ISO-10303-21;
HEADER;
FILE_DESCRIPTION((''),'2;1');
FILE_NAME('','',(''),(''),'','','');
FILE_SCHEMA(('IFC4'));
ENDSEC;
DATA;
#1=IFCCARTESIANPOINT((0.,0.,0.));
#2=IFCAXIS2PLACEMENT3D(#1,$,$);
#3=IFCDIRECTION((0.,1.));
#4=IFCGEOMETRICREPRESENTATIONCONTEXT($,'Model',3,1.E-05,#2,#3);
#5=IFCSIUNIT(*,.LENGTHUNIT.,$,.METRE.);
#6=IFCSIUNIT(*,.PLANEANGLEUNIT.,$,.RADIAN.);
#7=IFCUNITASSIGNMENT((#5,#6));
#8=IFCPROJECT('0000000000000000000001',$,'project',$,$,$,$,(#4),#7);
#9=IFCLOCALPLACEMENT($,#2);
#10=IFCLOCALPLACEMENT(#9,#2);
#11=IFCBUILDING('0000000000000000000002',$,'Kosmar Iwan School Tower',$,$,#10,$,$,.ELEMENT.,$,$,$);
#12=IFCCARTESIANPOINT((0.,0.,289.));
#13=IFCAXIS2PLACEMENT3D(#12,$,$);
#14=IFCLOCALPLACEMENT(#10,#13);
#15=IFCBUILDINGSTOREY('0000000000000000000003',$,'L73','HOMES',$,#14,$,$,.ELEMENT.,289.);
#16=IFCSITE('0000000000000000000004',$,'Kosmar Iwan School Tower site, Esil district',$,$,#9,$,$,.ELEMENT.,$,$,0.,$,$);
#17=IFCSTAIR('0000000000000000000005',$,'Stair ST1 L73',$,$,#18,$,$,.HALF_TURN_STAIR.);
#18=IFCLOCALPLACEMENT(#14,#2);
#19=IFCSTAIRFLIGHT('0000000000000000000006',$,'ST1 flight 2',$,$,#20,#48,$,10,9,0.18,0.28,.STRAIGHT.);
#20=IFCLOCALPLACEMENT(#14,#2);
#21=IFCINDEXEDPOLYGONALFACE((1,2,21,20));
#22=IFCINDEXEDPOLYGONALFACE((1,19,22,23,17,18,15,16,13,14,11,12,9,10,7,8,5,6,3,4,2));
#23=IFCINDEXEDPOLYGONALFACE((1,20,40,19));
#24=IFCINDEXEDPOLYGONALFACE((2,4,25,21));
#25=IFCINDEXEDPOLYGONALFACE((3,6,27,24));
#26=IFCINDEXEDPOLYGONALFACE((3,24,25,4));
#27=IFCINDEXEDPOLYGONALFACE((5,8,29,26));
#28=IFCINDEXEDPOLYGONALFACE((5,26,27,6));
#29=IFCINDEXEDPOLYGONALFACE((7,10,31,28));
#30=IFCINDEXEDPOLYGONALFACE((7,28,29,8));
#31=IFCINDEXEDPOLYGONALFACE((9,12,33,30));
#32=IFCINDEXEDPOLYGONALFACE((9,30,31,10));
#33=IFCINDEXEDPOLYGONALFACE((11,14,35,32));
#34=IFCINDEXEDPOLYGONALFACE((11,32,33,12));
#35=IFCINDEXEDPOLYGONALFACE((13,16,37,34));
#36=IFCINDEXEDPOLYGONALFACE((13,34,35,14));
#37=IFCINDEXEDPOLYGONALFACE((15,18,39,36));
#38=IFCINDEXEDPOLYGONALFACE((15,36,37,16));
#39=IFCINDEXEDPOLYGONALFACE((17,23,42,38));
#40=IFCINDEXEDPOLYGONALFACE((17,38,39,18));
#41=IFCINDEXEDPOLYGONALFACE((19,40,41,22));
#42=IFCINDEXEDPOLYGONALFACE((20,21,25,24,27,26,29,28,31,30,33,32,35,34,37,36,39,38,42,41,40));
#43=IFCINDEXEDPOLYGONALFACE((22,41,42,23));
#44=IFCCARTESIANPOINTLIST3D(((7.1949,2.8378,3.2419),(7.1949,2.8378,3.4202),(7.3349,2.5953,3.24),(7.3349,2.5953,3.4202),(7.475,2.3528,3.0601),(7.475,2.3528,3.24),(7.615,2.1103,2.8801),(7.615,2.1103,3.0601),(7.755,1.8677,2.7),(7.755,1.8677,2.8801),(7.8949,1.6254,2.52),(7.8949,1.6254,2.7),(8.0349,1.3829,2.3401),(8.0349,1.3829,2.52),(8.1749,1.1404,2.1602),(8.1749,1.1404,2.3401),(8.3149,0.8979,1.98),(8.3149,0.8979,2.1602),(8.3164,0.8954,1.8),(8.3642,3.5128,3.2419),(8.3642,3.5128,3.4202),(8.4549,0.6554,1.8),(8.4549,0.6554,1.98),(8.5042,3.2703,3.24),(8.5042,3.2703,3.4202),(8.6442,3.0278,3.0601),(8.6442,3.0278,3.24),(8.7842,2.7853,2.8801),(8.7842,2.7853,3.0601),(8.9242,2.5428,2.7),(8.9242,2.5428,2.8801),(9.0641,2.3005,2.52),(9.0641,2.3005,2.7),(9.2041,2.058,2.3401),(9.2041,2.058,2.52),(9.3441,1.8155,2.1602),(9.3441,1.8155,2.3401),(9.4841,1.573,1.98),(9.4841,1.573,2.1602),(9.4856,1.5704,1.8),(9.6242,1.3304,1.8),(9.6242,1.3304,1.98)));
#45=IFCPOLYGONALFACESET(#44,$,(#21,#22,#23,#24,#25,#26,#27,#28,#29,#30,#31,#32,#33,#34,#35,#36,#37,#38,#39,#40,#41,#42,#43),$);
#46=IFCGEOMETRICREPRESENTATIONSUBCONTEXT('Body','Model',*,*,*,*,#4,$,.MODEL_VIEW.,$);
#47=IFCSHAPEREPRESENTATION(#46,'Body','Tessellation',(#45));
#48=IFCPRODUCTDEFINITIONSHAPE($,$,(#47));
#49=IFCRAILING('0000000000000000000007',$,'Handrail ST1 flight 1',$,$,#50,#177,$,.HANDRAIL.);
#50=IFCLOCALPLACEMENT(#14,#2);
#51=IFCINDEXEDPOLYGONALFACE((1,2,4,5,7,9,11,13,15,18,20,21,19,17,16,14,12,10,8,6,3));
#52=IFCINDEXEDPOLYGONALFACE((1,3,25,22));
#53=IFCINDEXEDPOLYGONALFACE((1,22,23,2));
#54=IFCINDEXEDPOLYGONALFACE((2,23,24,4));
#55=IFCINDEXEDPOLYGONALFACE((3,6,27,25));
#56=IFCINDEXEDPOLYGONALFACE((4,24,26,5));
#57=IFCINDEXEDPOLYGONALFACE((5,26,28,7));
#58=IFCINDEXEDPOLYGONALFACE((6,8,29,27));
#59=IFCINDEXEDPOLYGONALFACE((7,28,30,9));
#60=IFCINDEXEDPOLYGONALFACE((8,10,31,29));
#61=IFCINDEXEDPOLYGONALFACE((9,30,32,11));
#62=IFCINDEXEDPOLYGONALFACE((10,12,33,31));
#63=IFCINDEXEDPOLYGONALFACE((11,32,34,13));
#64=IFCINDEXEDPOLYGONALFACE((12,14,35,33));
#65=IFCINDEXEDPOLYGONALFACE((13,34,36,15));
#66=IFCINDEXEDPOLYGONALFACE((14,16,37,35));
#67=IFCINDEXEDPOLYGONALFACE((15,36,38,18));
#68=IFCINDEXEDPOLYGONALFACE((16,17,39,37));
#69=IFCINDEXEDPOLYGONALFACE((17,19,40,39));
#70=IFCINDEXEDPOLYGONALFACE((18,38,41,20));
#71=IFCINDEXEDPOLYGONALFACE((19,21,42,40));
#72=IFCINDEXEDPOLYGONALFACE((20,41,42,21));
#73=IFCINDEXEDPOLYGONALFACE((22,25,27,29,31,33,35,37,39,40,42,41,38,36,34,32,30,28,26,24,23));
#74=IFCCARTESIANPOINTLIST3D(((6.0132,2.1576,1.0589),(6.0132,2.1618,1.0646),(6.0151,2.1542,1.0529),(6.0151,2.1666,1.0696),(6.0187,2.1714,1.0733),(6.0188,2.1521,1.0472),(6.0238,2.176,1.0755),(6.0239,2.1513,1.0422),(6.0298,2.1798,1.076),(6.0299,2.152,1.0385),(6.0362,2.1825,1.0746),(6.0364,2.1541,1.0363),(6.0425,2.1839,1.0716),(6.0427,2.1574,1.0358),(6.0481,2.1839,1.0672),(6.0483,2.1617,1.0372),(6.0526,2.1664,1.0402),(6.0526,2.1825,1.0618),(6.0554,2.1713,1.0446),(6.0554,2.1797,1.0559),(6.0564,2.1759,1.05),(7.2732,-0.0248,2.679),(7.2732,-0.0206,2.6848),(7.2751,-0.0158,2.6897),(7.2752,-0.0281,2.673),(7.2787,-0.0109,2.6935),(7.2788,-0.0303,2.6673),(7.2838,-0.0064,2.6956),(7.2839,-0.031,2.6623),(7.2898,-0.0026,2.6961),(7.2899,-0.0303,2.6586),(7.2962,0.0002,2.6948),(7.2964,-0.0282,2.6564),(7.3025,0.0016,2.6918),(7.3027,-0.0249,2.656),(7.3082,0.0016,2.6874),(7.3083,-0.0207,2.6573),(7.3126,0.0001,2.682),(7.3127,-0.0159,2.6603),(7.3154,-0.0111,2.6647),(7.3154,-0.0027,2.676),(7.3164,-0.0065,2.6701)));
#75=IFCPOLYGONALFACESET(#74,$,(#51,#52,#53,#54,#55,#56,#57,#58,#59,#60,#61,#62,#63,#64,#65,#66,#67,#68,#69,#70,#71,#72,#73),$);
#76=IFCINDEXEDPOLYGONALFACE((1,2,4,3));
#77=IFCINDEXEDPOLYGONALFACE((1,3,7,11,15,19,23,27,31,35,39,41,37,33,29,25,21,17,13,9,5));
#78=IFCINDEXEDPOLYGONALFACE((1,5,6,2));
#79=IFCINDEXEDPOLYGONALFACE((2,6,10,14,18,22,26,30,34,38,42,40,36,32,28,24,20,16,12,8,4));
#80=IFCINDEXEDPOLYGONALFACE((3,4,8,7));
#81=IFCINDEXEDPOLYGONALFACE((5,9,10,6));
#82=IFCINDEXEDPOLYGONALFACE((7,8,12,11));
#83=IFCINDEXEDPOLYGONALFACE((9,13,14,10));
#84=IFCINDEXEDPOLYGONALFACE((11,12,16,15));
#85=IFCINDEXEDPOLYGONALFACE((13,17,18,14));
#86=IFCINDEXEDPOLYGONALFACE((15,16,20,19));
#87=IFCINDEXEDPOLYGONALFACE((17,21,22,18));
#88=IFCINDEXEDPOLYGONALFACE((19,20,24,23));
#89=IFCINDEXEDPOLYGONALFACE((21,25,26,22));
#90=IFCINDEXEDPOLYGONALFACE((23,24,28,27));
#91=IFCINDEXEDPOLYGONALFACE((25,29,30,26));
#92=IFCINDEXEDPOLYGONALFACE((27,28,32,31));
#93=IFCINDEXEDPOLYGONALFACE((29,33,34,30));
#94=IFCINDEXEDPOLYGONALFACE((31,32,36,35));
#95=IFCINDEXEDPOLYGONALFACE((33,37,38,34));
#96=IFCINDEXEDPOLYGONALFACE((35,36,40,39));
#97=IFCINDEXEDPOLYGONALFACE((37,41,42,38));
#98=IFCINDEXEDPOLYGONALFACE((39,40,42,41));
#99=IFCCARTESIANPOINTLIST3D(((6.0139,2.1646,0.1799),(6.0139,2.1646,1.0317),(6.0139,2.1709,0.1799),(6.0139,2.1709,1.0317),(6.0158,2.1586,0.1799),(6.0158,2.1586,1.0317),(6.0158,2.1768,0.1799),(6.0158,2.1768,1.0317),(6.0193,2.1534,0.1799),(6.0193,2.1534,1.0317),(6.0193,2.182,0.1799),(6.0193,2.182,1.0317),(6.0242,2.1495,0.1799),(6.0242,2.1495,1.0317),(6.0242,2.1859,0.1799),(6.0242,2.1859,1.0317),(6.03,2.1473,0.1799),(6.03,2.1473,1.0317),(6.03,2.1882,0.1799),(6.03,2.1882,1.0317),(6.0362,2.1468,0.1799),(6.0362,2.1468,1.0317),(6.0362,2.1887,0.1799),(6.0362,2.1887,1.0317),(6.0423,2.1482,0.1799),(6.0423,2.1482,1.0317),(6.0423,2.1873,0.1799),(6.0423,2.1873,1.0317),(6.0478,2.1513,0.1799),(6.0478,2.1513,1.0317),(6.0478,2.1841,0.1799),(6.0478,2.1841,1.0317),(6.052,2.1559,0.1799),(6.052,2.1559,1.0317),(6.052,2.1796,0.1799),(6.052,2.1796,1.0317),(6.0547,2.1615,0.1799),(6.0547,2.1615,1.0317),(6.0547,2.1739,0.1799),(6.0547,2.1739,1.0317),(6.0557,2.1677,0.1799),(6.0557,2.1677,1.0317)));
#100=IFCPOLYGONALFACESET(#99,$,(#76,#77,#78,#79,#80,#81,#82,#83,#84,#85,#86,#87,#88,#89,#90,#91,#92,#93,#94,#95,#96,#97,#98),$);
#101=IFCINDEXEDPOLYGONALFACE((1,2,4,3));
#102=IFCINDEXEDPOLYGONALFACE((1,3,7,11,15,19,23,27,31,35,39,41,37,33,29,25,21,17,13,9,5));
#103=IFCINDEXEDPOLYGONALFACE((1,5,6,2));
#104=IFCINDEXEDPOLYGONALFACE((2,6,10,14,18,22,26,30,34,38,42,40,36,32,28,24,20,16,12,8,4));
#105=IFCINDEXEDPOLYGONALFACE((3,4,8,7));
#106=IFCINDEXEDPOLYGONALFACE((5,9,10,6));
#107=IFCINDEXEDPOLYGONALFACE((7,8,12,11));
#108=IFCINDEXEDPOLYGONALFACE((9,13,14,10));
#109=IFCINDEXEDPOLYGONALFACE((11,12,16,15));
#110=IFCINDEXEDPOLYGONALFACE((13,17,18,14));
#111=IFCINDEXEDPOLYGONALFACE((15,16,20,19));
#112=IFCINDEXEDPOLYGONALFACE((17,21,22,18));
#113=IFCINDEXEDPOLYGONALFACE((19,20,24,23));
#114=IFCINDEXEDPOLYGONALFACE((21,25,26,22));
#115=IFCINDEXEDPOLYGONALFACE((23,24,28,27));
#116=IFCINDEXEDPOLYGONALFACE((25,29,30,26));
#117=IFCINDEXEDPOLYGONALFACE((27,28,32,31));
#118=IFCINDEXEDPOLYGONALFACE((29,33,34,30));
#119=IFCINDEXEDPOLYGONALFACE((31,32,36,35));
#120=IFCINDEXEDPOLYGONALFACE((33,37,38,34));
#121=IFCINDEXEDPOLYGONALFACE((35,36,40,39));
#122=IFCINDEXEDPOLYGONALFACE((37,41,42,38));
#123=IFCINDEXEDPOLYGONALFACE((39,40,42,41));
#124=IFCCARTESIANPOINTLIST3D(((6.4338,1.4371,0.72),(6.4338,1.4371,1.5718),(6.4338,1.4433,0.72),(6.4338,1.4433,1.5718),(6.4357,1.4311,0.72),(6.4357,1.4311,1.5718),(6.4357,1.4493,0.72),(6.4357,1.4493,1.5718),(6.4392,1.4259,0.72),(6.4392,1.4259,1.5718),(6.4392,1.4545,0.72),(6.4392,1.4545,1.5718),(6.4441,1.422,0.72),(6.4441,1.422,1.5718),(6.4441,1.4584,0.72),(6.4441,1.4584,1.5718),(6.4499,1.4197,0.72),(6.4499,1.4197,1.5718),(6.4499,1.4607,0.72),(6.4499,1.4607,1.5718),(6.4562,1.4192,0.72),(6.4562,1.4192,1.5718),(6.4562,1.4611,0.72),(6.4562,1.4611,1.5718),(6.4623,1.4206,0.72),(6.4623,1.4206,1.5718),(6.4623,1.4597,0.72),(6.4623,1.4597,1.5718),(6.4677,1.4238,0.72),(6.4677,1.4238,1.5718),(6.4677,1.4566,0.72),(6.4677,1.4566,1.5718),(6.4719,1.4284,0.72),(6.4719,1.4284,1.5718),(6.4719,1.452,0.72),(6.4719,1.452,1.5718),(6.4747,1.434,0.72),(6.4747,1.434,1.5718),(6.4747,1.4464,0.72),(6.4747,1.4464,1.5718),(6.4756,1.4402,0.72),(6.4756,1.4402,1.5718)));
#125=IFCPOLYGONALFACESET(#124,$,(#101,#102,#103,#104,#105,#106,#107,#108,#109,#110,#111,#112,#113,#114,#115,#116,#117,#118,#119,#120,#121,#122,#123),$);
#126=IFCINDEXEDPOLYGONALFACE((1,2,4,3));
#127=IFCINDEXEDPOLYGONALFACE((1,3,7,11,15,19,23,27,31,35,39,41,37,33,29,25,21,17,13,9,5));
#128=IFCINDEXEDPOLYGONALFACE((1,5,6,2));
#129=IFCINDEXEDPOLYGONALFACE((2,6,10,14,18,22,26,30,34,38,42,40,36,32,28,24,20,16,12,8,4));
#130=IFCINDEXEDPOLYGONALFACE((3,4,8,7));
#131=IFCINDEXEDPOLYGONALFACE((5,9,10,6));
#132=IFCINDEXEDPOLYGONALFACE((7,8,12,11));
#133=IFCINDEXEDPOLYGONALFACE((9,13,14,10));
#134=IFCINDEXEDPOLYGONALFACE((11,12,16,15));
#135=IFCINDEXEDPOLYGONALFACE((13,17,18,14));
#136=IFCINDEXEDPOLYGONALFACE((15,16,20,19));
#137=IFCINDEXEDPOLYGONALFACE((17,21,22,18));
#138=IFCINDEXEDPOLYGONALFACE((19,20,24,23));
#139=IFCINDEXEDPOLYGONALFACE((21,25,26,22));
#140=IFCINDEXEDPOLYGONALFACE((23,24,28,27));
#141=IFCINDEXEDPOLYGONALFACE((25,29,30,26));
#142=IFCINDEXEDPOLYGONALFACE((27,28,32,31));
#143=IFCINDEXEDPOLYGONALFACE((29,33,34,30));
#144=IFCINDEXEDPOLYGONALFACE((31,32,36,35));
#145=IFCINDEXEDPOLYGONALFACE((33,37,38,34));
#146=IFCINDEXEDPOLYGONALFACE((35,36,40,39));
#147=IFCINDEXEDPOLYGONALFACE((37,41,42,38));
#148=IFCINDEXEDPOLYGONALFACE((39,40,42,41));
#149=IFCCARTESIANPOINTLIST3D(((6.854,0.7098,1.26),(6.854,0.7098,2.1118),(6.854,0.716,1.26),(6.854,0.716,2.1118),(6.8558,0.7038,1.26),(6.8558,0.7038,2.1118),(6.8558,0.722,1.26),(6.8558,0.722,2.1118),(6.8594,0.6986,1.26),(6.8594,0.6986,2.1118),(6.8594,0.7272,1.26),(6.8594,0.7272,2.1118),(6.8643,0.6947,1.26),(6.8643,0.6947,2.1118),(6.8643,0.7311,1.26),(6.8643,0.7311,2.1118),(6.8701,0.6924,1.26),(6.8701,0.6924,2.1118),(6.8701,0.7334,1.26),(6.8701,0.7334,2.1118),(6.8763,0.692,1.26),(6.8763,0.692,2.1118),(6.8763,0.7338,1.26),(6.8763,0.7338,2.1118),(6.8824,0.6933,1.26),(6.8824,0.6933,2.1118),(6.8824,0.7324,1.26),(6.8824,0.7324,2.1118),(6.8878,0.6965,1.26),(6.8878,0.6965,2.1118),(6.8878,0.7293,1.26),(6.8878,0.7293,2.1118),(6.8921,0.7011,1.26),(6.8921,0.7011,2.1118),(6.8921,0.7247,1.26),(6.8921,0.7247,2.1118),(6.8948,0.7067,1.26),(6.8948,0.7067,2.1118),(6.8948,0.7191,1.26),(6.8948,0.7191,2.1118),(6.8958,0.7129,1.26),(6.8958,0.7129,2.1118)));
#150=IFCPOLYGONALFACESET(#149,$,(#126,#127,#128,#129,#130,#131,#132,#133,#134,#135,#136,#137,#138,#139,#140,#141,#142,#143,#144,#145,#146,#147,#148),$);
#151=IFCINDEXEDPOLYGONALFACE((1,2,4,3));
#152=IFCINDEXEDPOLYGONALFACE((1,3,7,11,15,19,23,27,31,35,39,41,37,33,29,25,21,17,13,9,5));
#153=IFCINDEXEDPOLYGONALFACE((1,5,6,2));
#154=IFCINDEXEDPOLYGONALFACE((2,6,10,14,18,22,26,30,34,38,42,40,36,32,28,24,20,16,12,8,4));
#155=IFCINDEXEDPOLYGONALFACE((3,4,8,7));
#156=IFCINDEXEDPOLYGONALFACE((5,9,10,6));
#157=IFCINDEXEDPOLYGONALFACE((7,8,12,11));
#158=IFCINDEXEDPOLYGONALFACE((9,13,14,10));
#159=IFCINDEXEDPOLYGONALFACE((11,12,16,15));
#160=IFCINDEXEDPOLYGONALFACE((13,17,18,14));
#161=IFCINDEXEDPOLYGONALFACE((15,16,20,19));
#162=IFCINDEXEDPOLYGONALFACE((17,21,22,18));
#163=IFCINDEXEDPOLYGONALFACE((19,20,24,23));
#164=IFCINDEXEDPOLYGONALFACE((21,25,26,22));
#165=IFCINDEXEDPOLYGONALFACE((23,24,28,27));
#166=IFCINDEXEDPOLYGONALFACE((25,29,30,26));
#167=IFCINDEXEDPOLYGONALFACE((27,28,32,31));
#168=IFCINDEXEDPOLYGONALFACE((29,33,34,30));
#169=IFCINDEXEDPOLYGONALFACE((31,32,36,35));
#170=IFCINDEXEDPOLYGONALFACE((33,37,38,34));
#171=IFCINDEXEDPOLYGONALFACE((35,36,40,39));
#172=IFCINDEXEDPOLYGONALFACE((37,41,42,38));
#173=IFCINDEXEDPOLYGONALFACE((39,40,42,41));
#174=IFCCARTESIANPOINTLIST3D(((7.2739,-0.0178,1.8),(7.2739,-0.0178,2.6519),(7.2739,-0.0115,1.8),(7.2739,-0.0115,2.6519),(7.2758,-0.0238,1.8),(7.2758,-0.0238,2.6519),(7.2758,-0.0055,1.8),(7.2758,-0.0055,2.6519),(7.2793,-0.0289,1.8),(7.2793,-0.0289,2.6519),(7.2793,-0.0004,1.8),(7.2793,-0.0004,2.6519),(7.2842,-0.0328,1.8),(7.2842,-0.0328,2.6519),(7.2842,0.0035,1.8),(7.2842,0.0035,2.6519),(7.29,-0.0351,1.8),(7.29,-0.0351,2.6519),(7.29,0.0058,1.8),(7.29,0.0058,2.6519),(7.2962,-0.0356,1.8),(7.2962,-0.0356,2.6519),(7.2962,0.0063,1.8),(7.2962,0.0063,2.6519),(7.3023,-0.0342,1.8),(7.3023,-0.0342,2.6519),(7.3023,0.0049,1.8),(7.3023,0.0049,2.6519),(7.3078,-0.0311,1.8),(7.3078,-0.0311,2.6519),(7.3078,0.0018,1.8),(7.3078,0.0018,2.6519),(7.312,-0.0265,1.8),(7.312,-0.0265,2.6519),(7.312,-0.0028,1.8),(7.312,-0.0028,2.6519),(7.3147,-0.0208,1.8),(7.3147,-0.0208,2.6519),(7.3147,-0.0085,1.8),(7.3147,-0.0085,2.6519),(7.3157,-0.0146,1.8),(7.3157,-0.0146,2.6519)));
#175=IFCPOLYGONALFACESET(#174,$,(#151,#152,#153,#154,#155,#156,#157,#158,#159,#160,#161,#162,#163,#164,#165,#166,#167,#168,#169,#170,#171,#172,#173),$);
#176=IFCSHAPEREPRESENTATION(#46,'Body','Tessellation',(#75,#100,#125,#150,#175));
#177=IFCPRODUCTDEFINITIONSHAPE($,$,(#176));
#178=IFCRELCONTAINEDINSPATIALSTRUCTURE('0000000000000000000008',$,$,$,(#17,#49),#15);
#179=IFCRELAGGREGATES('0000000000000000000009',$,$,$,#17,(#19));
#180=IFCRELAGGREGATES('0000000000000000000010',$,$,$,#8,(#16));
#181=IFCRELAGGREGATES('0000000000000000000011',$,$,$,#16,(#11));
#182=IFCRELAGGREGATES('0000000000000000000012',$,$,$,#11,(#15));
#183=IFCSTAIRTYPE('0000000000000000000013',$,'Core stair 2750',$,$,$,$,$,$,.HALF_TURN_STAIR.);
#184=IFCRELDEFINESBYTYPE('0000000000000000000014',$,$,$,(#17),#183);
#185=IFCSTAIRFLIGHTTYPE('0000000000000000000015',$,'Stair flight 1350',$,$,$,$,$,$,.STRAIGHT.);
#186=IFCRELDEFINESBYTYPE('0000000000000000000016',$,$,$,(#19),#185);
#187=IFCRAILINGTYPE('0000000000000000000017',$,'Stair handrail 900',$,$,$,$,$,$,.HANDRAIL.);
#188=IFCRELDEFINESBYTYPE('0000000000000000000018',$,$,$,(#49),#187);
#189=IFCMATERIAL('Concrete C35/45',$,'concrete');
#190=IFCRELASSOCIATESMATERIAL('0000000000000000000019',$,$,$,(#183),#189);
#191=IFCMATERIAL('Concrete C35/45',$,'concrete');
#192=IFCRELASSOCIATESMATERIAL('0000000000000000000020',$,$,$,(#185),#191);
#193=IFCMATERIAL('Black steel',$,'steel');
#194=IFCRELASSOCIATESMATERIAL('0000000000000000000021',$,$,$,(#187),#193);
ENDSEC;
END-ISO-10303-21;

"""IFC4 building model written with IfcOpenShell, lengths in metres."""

from ifc_helpers import new_model, si_unit, direction, frame, origin, origin_2d, place, context, subcontext, project, spatial, polyline, circle, outline, extrude, material, type_object, element, aggregate, save


model = new_model("IFC4")

# Units and contexts
model_context = context("Model", 3, precision=1e-05, world=origin(), true_north=direction((0.0, 1.0)))
body_context = subcontext(model_context, "Body", "Model", "MODEL_VIEW")
ifc_project = project(units=[si_unit("LENGTHUNIT", "METRE"), si_unit("PLANEANGLEUNIT", "RADIAN")], contexts=[model_context])

# Site, building, storey
site_placement = place(None, origin())
site = spatial("IfcSite", under=ifc_project, at=site_placement, Name="Kosmar Iwan School Tower site, Esil district", CompositionType="ELEMENT", RefElevation=0.0)
building_placement = place(site_placement, origin())
building = spatial("IfcBuilding", under=site, at=building_placement, Name="Kosmar Iwan School Tower", CompositionType="ELEMENT")
storey_placement = place(building_placement, frame((0.0, 0.0, 289.0)))
storey = spatial("IfcBuildingStorey", under=building, at=storey_placement, Name="L73", Description="HOMES", CompositionType="ELEMENT", Elevation=289.0)

# Stair, stair flight
ifc_material_1 = material(Name="Concrete C35/45", Category="concrete")
stair_type = type_object("IfcStairType", Name="Core stair 2750", PredefinedType="HALF_TURN_STAIR", material=ifc_material_1)
stair_placement = place(storey_placement, origin())
stair = element("IfcStair", 1, at=stair_placement, inside=storey, type_object=stair_type, Name="Stair ST1 L73", PredefinedType="HALF_TURN_STAIR")
ifc_material_2 = material(Name="Concrete C35/45", Category="concrete")
stair_flight_type = type_object("IfcStairFlightType", Name="Stair flight 1350", PredefinedType="STRAIGHT", material=ifc_material_2)
stair_flight_1_placement = place(storey_placement, frame((9.0396, 0.9929, 1.8), z_axis=(0.0, 0.0, 1.0), x_axis=(-0.5, 0.866025, 0.0)))
stair_flight_1 = element("IfcStairFlight", 2, at=stair_flight_1_placement, type_object=stair_flight_type, Name="ST1 flight 2", NumberOfRisers=10, NumberOfTreads=9, PredefinedType="STRAIGHT", RiserHeight=0.18, TreadLength=0.28, context=body_context, shape_type="SweptSolid", body=[
    extrude(outline(polyline([(0.0, 0.0), (0.0, 0.1799), (0.28, 0.1799), (0.28, 0.3601), (0.5601, 0.3601), (0.5601, 0.54), (0.8401, 0.54), (0.8401, 0.72), (1.1201, 0.72), (1.1201, 0.8999), (1.3999, 0.8999), (1.3999, 1.0801), (1.6799, 1.0801), (1.6799, 1.26), (1.96, 1.26), (1.96, 1.4399), (2.24, 1.4399), (2.24, 1.6201), (2.52, 1.6201), (2.52, 1.8), (2.52, 1.4419), (0.2771, 0.0), (0.0, 0.0)])), frame((0.0, 0.675, 0.0), z_axis=(0.0, -1.0, 0.0), x_axis=(1.0, 0.0, 0.0)), (0.0, 0.0, 1.0), 1.3501),
])
aggregate(stair, [stair_flight_1])

# Railing
ifc_material_3 = material(Name="Black steel", Category="steel")
railing_type = type_object("IfcRailingType", Name="Stair handrail 900", PredefinedType="HANDRAIL", material=ifc_material_3)
railing_1_placement = place(storey_placement, frame((6.0347, 2.1677, 0.1799)))
element("IfcRailing", 3, at=railing_1_placement, inside=storey, type_object=railing_type, Name="Handrail ST1 flight 1", PredefinedType="HANDRAIL", context=body_context, shape_type="SweptSolid", body=[
    extrude(circle(Radius=0.0239, at=origin_2d()), frame((0.0, 0.0, 0.876), z_axis=(0.420584, -0.728464, 0.540786), x_axis=(0.866023, 0.500005, 0.0)), (0.0, 0.0, 1.0), 2.9958),
    extrude(circle(Radius=0.021, at=origin_2d()), origin(), (0.0, 0.0, 1.0), 0.8518),
    extrude(circle(Radius=0.021, at=origin_2d()), frame((0.4199, -0.7275, 0.54)), (0.0, 0.0, 1.0), 0.8518),
    extrude(circle(Radius=0.021, at=origin_2d()), frame((0.8401, -1.4548, 1.0801)), (0.0, 0.0, 1.0), 0.8518),
    extrude(circle(Radius=0.021, at=origin_2d()), frame((1.26, -2.1824, 1.6201)), (0.0, 0.0, 1.0), 0.8518),
])

save(model, "model.ifc")
